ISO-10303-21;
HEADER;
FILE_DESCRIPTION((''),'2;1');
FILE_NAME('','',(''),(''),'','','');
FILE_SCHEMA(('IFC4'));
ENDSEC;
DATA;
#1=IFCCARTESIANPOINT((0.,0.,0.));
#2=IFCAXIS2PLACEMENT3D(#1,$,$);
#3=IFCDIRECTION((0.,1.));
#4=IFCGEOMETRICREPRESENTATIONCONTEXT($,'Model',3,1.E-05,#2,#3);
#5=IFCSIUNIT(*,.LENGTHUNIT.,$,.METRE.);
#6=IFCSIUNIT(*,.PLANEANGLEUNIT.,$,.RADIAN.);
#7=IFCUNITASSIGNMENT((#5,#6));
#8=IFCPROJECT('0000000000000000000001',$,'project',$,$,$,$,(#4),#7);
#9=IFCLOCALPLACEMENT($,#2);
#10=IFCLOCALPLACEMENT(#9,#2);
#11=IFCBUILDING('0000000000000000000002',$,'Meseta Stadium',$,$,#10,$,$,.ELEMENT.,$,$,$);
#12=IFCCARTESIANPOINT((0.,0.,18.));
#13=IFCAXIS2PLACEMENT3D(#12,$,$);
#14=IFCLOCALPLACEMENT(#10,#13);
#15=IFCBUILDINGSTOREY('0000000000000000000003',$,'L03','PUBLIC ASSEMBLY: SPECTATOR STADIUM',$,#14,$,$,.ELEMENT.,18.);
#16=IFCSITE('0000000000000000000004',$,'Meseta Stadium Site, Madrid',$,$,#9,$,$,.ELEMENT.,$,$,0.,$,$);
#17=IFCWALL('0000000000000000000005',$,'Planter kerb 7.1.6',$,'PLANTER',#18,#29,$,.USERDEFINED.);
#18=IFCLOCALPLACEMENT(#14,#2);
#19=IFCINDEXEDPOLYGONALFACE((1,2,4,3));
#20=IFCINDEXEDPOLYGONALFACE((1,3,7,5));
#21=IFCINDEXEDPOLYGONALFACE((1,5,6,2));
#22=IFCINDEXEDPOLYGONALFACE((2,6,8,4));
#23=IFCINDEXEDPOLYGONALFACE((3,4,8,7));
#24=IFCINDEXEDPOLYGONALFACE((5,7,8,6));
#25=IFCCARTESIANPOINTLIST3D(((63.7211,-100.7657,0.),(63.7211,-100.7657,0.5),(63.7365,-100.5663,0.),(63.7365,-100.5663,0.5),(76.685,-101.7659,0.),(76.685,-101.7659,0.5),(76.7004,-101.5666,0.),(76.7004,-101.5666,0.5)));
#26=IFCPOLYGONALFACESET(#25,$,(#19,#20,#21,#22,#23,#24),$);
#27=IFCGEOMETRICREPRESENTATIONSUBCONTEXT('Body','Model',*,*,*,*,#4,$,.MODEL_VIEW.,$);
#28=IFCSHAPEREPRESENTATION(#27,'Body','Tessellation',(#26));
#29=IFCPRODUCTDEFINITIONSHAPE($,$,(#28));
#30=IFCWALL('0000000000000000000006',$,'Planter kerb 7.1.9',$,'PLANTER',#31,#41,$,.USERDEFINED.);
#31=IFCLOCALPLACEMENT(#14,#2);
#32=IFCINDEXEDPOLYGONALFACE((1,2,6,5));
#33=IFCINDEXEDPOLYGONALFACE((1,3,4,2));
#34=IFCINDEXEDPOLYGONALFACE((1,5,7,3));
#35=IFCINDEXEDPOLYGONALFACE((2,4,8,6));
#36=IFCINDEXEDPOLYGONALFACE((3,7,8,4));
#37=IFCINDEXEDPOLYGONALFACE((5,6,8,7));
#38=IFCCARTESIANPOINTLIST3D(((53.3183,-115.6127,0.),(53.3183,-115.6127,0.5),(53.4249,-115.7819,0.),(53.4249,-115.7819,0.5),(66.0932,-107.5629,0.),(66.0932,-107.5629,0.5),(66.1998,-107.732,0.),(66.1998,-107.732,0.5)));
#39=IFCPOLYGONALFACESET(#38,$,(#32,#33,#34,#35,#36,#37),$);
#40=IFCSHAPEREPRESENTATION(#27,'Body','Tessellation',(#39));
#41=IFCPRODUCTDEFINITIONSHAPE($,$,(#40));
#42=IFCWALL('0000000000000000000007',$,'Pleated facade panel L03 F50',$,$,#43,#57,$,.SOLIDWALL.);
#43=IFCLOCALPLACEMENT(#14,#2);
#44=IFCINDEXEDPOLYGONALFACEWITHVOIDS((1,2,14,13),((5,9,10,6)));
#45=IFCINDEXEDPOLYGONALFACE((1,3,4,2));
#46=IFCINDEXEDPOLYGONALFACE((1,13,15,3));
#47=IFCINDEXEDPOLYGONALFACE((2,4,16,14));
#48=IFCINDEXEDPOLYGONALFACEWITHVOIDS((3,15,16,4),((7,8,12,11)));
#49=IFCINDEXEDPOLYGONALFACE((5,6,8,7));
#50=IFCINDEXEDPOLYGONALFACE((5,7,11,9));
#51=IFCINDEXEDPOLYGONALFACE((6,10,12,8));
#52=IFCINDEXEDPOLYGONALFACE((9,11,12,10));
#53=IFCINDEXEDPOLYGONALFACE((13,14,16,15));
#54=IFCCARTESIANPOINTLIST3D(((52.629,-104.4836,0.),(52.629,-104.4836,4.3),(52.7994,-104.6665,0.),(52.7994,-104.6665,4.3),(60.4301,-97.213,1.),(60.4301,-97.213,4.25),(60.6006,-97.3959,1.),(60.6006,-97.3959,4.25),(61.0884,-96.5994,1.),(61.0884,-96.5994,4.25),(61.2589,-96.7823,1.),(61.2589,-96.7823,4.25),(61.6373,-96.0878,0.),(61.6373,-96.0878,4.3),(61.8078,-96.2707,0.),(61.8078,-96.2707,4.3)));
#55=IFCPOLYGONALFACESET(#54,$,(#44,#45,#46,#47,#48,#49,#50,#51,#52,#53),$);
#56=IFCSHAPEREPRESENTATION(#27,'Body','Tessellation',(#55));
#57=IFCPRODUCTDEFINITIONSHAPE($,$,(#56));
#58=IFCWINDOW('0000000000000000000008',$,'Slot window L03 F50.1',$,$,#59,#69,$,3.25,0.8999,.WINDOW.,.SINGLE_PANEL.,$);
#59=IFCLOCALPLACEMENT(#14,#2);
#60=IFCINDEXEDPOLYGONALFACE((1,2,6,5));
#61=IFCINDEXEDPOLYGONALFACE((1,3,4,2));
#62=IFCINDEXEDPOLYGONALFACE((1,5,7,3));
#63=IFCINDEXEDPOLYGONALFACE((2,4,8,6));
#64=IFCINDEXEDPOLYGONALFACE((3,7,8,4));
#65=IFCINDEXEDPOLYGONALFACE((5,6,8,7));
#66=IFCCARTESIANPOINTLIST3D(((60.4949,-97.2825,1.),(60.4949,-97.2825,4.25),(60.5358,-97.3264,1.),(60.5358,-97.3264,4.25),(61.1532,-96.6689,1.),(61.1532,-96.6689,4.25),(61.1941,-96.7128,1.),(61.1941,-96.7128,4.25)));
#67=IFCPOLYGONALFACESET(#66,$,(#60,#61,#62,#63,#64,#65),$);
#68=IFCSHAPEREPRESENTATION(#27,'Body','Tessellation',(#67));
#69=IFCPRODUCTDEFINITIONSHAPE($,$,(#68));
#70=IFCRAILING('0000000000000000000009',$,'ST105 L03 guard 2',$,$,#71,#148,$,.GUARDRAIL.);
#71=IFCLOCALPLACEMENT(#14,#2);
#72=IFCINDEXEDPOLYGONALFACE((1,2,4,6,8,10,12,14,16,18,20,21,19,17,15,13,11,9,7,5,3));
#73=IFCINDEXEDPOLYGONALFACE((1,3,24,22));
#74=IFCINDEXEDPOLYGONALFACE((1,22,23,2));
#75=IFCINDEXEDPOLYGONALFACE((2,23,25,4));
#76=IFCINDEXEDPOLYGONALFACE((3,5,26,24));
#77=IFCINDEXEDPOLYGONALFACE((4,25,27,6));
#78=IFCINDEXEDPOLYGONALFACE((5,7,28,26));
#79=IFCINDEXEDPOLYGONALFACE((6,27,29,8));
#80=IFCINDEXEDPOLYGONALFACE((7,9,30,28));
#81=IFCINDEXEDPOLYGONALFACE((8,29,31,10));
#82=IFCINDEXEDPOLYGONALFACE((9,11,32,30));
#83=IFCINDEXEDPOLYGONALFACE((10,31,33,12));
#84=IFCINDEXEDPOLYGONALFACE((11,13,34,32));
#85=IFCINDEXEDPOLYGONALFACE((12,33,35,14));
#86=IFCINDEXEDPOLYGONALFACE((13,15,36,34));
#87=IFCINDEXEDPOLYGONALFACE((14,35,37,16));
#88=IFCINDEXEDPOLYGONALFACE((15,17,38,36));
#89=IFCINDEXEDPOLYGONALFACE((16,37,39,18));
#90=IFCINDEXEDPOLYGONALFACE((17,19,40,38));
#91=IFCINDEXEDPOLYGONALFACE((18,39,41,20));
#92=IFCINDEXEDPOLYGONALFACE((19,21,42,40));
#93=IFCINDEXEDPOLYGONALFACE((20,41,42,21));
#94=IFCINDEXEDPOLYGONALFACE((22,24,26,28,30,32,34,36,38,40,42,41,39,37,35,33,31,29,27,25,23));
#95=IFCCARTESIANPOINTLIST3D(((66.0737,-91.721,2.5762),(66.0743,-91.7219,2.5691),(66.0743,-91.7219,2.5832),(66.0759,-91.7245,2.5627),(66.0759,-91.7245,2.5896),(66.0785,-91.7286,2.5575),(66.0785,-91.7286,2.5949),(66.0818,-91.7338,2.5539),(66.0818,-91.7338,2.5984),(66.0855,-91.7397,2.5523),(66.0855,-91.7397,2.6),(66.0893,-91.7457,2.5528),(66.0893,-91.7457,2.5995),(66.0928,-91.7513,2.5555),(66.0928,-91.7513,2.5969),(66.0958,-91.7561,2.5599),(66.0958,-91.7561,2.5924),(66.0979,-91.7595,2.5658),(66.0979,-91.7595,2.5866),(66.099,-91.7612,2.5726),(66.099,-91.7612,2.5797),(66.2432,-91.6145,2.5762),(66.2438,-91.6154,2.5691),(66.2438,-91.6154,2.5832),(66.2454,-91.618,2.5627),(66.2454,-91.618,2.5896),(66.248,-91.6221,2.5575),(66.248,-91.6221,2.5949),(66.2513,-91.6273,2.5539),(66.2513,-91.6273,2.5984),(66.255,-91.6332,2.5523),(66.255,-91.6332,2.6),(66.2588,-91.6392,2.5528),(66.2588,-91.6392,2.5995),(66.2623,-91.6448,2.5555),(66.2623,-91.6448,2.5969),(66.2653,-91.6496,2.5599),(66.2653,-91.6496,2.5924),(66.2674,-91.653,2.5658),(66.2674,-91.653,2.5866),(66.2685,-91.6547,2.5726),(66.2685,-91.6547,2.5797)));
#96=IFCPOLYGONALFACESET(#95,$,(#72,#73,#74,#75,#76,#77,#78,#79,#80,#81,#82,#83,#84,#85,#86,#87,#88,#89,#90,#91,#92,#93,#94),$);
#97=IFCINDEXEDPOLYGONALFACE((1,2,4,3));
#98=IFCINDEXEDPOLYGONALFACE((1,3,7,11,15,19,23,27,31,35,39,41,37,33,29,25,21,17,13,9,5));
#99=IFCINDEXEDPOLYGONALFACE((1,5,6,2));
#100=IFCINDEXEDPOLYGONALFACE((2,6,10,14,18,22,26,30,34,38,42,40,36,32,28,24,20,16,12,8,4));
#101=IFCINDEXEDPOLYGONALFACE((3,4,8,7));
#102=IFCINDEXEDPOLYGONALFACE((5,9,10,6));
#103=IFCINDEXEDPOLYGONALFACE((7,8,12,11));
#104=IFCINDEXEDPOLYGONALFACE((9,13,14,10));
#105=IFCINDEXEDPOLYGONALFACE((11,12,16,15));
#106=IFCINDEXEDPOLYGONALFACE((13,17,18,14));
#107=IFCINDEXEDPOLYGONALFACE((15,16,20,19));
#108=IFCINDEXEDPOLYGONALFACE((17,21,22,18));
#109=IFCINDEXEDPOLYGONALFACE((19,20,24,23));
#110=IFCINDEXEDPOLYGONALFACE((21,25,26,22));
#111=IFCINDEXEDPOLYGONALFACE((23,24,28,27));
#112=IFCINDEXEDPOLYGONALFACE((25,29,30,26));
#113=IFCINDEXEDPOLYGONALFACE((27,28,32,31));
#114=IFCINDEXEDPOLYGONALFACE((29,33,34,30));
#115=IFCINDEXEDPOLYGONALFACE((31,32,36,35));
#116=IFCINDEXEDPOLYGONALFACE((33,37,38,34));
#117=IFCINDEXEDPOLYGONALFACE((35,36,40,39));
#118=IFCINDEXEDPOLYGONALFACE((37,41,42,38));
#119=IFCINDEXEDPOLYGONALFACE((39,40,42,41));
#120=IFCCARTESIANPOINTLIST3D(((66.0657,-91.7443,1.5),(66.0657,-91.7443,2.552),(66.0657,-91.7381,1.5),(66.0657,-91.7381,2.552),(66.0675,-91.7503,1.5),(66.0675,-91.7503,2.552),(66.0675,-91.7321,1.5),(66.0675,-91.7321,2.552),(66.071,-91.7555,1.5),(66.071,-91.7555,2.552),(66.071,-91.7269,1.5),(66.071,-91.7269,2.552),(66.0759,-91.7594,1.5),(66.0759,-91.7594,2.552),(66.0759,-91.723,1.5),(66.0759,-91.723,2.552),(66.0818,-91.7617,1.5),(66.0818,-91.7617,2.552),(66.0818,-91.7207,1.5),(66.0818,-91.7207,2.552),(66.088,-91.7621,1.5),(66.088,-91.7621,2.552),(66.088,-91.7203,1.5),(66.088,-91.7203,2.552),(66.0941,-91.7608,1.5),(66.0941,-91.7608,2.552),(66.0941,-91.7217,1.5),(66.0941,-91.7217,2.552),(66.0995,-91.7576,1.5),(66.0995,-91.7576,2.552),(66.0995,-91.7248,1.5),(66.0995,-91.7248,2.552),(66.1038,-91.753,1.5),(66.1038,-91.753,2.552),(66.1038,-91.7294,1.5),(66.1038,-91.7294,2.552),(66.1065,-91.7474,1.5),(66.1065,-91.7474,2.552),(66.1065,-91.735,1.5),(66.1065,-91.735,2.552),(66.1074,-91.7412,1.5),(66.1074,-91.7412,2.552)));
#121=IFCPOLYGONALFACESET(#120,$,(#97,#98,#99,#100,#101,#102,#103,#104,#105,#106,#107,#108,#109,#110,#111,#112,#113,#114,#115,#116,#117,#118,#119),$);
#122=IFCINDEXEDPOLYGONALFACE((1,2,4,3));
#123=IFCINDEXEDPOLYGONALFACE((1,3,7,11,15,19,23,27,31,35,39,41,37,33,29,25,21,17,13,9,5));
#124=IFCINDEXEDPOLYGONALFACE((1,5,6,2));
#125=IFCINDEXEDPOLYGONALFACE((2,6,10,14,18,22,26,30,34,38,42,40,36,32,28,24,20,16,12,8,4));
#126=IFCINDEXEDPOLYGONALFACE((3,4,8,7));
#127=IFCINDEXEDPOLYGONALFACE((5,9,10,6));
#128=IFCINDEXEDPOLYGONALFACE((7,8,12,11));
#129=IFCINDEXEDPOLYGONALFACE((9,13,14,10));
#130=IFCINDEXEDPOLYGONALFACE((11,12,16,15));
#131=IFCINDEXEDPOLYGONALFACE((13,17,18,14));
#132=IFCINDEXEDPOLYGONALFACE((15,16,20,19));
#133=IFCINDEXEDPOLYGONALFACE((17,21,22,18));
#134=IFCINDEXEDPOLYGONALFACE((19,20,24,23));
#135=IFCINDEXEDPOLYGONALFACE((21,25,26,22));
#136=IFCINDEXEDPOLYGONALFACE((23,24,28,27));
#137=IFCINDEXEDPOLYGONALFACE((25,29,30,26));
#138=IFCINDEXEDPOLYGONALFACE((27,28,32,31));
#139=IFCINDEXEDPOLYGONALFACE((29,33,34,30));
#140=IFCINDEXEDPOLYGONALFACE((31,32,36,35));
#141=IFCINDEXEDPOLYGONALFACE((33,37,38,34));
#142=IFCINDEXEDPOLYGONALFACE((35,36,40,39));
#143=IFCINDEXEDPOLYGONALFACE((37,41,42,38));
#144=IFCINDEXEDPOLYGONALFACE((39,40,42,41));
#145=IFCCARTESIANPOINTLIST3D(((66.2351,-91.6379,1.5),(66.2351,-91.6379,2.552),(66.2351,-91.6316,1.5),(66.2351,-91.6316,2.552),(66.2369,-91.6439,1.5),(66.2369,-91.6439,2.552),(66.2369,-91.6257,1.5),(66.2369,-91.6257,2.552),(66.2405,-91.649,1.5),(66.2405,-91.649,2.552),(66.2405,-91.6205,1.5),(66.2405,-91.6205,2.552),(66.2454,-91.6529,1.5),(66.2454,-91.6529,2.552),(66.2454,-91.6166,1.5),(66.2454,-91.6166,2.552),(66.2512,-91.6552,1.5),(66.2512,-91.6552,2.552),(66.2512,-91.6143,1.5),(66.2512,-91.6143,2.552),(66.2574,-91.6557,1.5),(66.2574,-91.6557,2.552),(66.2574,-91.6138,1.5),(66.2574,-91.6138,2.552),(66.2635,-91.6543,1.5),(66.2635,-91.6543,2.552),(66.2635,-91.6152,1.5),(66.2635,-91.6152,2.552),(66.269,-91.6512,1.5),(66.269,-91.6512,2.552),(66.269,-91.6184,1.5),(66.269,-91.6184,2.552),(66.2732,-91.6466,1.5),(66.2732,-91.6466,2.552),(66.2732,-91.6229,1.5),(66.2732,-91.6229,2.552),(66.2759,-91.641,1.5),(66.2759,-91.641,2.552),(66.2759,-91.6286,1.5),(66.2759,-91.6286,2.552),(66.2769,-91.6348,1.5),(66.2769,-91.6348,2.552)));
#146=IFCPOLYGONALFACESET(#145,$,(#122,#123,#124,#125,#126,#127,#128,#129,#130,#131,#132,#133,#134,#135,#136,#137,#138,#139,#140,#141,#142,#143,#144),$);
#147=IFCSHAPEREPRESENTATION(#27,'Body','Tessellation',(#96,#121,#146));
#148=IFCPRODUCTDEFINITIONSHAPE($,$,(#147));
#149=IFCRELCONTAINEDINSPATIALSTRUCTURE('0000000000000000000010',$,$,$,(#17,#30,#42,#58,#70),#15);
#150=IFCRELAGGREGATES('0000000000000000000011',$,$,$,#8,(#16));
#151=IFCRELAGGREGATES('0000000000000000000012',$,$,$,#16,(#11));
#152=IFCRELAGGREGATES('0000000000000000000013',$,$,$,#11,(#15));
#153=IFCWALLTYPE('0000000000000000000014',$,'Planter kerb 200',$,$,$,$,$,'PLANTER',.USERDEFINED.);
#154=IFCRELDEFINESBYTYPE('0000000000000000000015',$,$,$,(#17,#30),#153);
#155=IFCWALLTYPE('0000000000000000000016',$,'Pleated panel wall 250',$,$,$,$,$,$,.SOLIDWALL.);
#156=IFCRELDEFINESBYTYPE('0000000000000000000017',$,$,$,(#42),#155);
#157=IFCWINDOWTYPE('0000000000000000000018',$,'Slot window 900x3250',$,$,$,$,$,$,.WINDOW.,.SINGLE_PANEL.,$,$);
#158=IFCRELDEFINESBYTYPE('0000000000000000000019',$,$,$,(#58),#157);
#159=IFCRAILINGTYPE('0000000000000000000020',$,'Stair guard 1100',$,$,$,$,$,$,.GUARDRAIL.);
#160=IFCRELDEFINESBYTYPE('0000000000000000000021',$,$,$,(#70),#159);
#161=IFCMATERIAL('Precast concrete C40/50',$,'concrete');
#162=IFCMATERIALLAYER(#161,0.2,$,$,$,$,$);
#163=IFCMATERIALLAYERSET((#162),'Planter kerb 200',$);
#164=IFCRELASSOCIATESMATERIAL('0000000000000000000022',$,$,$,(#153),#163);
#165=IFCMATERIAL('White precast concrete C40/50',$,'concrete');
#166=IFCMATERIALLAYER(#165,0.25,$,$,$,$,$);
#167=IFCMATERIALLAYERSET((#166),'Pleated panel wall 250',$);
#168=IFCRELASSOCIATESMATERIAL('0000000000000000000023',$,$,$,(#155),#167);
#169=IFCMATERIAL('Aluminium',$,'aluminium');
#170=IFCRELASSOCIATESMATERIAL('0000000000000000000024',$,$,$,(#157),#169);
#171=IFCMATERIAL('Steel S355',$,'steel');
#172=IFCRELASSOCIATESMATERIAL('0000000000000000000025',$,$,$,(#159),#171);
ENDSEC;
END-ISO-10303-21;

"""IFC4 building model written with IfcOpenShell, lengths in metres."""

from ifc_helpers import new_model, si_unit, direction, frame, frame_2d, origin, origin_2d, place, context, subcontext, project, spatial, rectangle, circle, extrude, material, layer, layer_set, type_object, element, fill, save


model = new_model("IFC4")

# Units and contexts
model_context = context("Model", 3, precision=1e-05, world=origin(), true_north=direction((0.0, 1.0)))
body_context = subcontext(model_context, "Body", "Model", "MODEL_VIEW")
ifc_project = project(units=[si_unit("LENGTHUNIT", "METRE"), si_unit("PLANEANGLEUNIT", "RADIAN")], contexts=[model_context])

# Site, building, storey
site_placement = place(None, origin())
site = spatial("IfcSite", under=ifc_project, at=site_placement, Name="Meseta Stadium Site, Madrid", CompositionType="ELEMENT", RefElevation=0.0)
building_placement = place(site_placement, origin())
building = spatial("IfcBuilding", under=site, at=building_placement, Name="Meseta Stadium", CompositionType="ELEMENT")
storey_placement = place(building_placement, frame((0.0, 0.0, 18.0)))
storey = spatial("IfcBuildingStorey", under=building, at=storey_placement, Name="L03", Description="PUBLIC ASSEMBLY: SPECTATOR STADIUM", CompositionType="ELEMENT", Elevation=18.0)

# Walls
ifc_material_1 = material(Name="Precast concrete C40/50", Category="concrete")
ifc_layer_1 = layer(ifc_material_1, 0.2)
ifc_layer_set_1 = layer_set([ifc_layer_1], Name="Planter kerb 200")
wall_type_1 = type_object("IfcWallType", Name="Planter kerb 200", ElementType="PLANTER", PredefinedType="USERDEFINED", material=ifc_layer_set_1)
wall_1_placement = place(storey_placement, frame((63.7288, -100.666, 0.0), z_axis=(0.0, 0.0, 1.0), x_axis=(0.997037, -0.076928, 0.0)))
element("IfcWall", 1, at=wall_1_placement, inside=storey, type_object=wall_type_1, Name="Planter kerb 7.1.6", ObjectType="PLANTER", PredefinedType="USERDEFINED", context=body_context, shape_type="SweptSolid", body=[
    extrude(rectangle(XDim=13.0024, YDim=0.2, at=frame_2d((6.5012, 0.0))), origin(), (0.0, 0.0, 1.0), 0.5),
])
wall_2_placement = place(storey_placement, frame((66.1465, -107.6475, 0.0), z_axis=(0.0, 0.0, 1.0), x_axis=(-0.846043, -0.533114, 0.0)))
element("IfcWall", 2, at=wall_2_placement, inside=storey, type_object=wall_type_1, Name="Planter kerb 7.1.9", ObjectType="PLANTER", PredefinedType="USERDEFINED", context=body_context, shape_type="SweptSolid", body=[
    extrude(rectangle(XDim=15.0996, YDim=0.2, at=frame_2d((7.5498, 0.0))), origin(), (0.0, 0.0, 1.0), 0.5),
])

# Wall, opening, window
ifc_material_2 = material(Name="White precast concrete C40/50", Category="concrete")
ifc_layer_2 = layer(ifc_material_2, 0.25)
ifc_layer_set_2 = layer_set([ifc_layer_2], Name="Pleated panel wall 250")
wall_type_2 = type_object("IfcWallType", Name="Pleated panel wall 250", PredefinedType="SOLIDWALL", material=ifc_layer_set_2)
wall_3_placement = place(storey_placement, frame((61.7227, -96.1792, 0.0), z_axis=(0.0, 0.0, 1.0), x_axis=(-0.731541, -0.681797, 0.0)))
wall_3 = element("IfcWall", 3, at=wall_3_placement, inside=storey, type_object=wall_type_2, Name="Pleated facade panel L03 F50", PredefinedType="SOLIDWALL", context=body_context, shape_type="SweptSolid", body=[
    extrude(rectangle(XDim=12.3142, YDim=0.25, at=frame_2d((6.1572, 0.0))), origin(), (0.0, 0.0, 1.0), 4.3),
])
opening_placement = place(wall_3_placement, frame((0.7505, 0.0, 1.0)))
opening = element("IfcOpeningElement", 4, at=opening_placement, cuts=wall_3, PredefinedType="OPENING", context=body_context, shape_type="SweptSolid", body=[
    extrude(rectangle(XDim=0.8999, YDim=3.25, at=frame_2d((0.45, 1.625))), frame((0.0, 0.135, 0.0), z_axis=(0.0, -1.0, 0.0), x_axis=(1.0, 0.0, 0.0)), (0.0, 0.0, 1.0), 0.27),
])
ifc_material_3 = material(Name="Aluminium", Category="aluminium")
window_type = type_object("IfcWindowType", Name="Slot window 900x3250", PartitioningType="SINGLE_PANEL", PredefinedType="WINDOW", material=ifc_material_3)
window_placement = place(opening_placement, origin())
window = element("IfcWindow", 5, at=window_placement, inside=storey, type_object=window_type, Name="Slot window L03 F50.1", OverallHeight=3.25, OverallWidth=0.8999, PartitioningType="SINGLE_PANEL", PredefinedType="WINDOW", context=body_context, shape_type="SweptSolid", body=[
    extrude(rectangle(XDim=0.8999, YDim=3.25, at=frame_2d((0.45, 1.625))), frame((0.0, 0.03, 0.0), z_axis=(0.0, -1.0, 0.0), x_axis=(1.0, 0.0, 0.0)), (0.0, 0.0, 1.0), 0.0601),
])
fill(opening, window)

# Railing
ifc_material_4 = material(Name="Steel S355", Category="steel")
railing_type_1 = type_object("IfcRailingType", Name="Stair guard 1100", PredefinedType="GUARDRAIL", material=ifc_material_4)
railing_1_placement = place(storey_placement, frame((66.0864, -91.7412, 1.5)))
element("IfcRailing", 6, at=railing_1_placement, inside=storey, type_object=railing_type_1, Name="ST105 L03 guard 2", PredefinedType="GUARDRAIL", context=body_context, shape_type="SweptSolid", body=[
    extrude(circle(Radius=0.0239, at=origin_2d()), frame((0.0, 0.0, 1.0762), z_axis=(0.846762, 0.531972, 0.0), x_axis=(-0.531972, 0.846762, 0.0)), (0.0, 0.0, 1.0), 0.2002),
    extrude(circle(Radius=0.021, at=origin_2d()), origin(), (0.0, 0.0, 1.0), 1.052),
    extrude(circle(Radius=0.021, at=origin_2d()), frame((0.1694, 0.1064, 0.0)), (0.0, 0.0, 1.0), 1.052),
])

save(model, "model.ifc")
